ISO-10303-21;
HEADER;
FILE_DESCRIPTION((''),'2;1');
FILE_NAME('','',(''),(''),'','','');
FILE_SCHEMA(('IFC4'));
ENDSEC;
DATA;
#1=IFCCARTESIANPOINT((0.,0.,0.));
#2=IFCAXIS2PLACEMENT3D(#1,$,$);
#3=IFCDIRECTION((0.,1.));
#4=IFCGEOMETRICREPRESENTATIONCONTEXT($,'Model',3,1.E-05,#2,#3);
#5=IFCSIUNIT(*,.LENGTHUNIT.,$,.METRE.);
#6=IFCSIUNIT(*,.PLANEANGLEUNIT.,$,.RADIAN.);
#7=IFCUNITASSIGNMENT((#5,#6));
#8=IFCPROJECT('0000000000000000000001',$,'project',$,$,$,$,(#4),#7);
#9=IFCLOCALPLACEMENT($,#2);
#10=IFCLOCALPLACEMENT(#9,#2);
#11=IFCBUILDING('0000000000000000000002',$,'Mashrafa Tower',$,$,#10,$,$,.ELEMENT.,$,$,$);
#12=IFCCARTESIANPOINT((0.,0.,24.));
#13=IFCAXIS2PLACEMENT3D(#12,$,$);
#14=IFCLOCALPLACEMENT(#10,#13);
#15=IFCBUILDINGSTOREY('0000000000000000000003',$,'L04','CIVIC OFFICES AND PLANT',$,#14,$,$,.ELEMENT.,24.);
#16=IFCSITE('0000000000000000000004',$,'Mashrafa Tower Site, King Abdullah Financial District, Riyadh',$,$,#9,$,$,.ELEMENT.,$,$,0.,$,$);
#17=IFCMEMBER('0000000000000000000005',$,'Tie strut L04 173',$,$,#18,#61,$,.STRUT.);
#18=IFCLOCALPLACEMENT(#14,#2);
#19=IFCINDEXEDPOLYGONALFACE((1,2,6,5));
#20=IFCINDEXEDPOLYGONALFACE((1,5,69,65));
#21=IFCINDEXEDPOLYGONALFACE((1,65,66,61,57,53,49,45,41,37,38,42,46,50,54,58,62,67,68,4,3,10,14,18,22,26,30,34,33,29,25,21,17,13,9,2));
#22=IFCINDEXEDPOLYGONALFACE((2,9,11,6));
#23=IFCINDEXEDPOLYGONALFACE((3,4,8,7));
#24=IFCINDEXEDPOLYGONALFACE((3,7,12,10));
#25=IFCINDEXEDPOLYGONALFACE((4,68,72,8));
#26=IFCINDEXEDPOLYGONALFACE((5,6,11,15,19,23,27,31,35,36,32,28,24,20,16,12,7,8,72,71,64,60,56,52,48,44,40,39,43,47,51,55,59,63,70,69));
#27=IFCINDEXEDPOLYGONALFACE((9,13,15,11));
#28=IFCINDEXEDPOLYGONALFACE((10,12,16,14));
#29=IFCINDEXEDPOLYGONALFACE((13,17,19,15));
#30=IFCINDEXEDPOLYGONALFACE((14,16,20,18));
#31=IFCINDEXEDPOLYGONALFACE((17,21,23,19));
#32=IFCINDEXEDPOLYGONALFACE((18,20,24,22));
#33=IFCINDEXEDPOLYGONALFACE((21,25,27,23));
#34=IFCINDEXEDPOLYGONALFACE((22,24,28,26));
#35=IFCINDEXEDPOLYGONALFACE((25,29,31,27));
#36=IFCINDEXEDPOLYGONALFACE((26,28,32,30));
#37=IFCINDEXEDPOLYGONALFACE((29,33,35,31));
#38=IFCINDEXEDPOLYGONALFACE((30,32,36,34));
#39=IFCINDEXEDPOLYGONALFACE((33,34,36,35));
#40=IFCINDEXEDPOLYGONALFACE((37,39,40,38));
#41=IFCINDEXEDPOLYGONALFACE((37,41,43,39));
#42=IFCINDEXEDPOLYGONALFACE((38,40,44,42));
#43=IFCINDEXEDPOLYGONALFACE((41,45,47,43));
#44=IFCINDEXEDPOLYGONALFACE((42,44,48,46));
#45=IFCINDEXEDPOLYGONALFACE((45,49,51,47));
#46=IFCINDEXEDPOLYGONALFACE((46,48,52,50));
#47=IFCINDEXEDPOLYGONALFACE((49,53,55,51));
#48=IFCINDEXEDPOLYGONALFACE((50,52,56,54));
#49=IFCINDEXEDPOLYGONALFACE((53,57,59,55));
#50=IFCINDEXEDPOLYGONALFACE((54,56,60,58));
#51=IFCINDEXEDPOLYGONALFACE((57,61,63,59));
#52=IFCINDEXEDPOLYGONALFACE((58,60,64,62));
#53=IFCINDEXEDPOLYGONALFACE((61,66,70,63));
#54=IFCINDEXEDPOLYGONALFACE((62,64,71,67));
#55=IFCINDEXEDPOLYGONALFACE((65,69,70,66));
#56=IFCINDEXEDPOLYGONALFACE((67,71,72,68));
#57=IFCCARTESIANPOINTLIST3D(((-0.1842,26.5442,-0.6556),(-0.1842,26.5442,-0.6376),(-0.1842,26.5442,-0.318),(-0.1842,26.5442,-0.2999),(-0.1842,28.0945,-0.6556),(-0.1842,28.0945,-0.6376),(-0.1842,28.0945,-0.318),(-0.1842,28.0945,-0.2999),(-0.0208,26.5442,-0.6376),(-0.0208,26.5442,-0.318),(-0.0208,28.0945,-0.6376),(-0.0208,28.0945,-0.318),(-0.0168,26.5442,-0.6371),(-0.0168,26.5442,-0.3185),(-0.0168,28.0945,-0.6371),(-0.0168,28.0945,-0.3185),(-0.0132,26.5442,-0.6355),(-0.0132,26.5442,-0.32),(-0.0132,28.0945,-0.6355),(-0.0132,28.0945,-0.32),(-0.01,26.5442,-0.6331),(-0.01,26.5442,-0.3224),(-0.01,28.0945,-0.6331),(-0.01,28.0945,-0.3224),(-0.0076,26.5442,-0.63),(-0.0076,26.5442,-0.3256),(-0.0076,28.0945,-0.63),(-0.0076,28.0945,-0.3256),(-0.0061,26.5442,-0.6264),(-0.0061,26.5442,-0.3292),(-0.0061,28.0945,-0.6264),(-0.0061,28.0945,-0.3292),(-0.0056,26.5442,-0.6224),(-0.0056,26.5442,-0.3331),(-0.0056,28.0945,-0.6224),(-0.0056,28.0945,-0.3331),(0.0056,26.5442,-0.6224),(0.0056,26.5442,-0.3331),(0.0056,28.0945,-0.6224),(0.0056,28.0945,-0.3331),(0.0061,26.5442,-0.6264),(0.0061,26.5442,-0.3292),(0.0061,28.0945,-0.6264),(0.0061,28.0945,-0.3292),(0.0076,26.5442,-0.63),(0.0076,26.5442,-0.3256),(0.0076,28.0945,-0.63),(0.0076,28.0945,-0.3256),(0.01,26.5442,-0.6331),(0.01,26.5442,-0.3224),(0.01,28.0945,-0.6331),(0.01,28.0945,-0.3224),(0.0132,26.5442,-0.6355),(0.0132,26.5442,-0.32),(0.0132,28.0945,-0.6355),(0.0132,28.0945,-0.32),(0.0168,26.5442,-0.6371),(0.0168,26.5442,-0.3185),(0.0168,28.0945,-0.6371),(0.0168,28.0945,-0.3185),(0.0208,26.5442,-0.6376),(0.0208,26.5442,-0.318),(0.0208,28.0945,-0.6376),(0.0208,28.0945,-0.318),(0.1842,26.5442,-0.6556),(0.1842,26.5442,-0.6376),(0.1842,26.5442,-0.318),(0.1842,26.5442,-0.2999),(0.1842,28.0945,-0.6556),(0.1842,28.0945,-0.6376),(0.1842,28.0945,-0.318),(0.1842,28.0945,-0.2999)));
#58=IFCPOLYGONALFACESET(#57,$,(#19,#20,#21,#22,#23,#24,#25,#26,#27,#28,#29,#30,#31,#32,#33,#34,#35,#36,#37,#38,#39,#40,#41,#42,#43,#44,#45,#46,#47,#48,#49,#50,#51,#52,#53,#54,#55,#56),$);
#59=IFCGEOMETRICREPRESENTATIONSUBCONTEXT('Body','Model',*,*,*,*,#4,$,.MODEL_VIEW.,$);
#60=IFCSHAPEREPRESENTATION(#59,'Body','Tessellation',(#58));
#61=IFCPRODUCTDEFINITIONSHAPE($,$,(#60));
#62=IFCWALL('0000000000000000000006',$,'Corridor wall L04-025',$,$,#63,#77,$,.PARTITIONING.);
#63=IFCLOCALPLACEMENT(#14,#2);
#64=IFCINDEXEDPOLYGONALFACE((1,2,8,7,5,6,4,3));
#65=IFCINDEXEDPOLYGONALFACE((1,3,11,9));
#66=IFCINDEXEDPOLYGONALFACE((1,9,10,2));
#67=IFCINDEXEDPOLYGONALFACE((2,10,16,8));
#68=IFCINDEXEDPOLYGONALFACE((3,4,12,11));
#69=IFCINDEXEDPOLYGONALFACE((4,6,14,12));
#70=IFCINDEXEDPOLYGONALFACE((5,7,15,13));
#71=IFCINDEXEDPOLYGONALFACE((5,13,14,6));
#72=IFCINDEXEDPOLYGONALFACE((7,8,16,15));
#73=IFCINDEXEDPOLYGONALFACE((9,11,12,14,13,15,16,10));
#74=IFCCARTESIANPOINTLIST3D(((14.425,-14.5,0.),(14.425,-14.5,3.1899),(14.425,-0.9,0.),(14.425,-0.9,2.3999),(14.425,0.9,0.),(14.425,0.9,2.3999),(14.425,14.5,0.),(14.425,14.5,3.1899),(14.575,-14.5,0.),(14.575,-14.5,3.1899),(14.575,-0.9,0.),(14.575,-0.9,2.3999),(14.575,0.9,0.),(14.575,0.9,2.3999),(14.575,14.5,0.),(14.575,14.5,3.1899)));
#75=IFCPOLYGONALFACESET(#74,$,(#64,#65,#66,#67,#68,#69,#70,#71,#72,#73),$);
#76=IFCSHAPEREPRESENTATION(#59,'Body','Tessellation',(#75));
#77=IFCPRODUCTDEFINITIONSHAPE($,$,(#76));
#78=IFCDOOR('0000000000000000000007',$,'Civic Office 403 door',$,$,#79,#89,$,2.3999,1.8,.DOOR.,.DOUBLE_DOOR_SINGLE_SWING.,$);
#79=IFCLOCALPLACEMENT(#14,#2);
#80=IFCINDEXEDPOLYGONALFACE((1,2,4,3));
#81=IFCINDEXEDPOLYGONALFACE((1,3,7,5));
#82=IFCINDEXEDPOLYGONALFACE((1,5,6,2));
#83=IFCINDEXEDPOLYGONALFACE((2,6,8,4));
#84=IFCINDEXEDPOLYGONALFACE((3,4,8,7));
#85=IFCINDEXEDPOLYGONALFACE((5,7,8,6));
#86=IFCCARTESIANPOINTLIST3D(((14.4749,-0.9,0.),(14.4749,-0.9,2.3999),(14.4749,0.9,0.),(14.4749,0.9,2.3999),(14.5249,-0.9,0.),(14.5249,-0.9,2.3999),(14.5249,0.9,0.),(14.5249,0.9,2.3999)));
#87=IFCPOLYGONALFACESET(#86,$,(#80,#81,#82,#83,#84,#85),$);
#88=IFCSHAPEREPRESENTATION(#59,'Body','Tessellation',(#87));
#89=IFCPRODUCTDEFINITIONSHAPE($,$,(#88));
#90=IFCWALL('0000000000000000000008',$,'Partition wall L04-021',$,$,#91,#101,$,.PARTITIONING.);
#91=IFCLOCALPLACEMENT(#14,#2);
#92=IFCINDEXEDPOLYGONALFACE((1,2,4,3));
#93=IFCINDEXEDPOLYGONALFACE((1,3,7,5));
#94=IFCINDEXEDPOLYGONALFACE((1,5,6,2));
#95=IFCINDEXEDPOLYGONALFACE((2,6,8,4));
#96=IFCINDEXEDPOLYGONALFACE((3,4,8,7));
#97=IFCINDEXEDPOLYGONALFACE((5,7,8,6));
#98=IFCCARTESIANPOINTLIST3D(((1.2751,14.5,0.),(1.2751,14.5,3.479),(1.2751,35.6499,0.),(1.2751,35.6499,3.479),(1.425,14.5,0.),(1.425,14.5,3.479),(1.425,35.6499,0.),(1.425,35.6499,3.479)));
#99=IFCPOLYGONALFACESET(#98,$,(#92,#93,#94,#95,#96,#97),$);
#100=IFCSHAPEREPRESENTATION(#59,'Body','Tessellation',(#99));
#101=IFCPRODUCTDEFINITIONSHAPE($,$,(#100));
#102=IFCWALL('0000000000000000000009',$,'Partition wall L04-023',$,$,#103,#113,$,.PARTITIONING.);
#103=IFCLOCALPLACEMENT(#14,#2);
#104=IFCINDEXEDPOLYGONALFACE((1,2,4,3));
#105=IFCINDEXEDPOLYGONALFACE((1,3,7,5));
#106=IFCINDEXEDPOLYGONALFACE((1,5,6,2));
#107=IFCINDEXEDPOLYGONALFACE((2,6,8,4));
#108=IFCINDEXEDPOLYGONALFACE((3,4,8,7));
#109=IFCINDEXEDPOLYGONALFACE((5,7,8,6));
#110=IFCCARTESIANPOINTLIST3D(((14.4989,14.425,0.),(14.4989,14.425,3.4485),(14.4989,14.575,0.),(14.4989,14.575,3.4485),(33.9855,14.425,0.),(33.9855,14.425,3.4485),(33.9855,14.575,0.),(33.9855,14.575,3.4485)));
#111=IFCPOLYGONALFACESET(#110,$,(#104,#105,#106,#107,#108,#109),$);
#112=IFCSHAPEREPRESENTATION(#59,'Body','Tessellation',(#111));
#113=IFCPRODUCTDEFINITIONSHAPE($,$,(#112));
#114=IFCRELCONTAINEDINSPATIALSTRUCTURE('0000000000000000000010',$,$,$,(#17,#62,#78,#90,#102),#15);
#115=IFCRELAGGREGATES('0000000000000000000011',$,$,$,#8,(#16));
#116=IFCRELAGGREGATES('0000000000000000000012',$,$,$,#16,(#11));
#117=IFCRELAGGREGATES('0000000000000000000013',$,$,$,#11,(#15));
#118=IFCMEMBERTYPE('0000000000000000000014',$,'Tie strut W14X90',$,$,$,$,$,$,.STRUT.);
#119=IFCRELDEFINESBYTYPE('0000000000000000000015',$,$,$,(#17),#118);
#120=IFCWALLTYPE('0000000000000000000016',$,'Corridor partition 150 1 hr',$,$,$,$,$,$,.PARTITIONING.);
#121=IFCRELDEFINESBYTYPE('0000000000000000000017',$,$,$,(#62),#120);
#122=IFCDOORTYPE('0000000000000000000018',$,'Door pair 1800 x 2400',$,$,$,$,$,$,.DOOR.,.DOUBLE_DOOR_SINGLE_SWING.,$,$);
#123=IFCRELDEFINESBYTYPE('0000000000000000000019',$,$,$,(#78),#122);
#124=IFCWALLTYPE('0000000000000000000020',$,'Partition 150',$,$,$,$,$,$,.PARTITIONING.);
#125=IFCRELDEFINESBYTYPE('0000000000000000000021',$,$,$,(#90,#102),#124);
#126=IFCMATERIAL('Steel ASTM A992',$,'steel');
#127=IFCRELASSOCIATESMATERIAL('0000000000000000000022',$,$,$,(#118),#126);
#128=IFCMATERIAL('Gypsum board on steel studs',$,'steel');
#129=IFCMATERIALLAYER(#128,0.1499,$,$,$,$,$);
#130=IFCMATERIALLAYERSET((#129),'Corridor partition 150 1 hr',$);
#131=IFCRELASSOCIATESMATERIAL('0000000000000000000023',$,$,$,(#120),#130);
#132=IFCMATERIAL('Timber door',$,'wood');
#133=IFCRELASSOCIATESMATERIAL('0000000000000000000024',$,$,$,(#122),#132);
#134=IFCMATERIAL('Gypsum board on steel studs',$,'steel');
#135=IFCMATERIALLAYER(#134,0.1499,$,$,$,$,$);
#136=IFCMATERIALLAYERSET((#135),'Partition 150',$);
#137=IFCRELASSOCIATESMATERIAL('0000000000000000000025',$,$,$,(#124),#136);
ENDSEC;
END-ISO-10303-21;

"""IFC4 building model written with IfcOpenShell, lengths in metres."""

from ifc_helpers import new_model, si_unit, direction, frame, frame_2d, origin, origin_2d, place, context, subcontext, project, spatial, rectangle, i_section, extrude, source, transform, mapped, material, layer, layer_set, material_profile, profile_set, type_object, element, fill, save


model = new_model("IFC4")

# Units and contexts
model_context = context("Model", 3, precision=1e-05, world=origin(), true_north=direction((0.0, 1.0)))
body_context = subcontext(model_context, "Body", "Model", "MODEL_VIEW")
ifc_project = project(units=[si_unit("LENGTHUNIT", "METRE"), si_unit("PLANEANGLEUNIT", "RADIAN")], contexts=[model_context])

# Site, building, storey
site_placement = place(None, origin())
site = spatial("IfcSite", under=ifc_project, at=site_placement, Name="Mashrafa Tower Site, King Abdullah Financial District, Riyadh", CompositionType="ELEMENT", RefElevation=0.0)
building_placement = place(site_placement, origin())
building = spatial("IfcBuilding", under=site, at=building_placement, Name="Mashrafa Tower", CompositionType="ELEMENT")
storey_placement = place(building_placement, frame((0.0, 0.0, 24.0)))
storey = spatial("IfcBuildingStorey", under=building, at=storey_placement, Name="L04", Description="CIVIC OFFICES AND PLANT", CompositionType="ELEMENT", Elevation=24.0)

# Member
ifc_material_1 = material(Name="Steel ASTM A992", Category="steel")
ifc_material_profile_1 = material_profile(ifc_material_1, i_section(OverallWidth=0.3684, OverallDepth=0.3557, WebThickness=0.0112, FlangeThickness=0.0181, FilletRadius=0.0151, at=origin_2d()), Name="W14X90")
ifc_profile_set_1 = profile_set([ifc_material_profile_1], Name="Steel ASTM A992")
member_type = type_object("IfcMemberType", Name="Tie strut W14X90", PredefinedType="STRUT", material=ifc_profile_set_1)
shared_shape_1 = source(origin(), body_context, "Body", "SweptSolid", [
    extrude(i_section(OverallWidth=0.3684, OverallDepth=0.3557, WebThickness=0.0112, FlangeThickness=0.0181, FilletRadius=0.0151, at=origin_2d()), origin(), (0.0, 0.0, 1.0), 1.5503),
])
member_1_placement = place(storey_placement, frame((0.0, 26.5442, -0.4778), z_axis=(0.0, 1.0, 0.0), x_axis=(-1.0, 0.0, 0.0)))
element("IfcMember", 1, at=member_1_placement, inside=storey, type_object=member_type, Name="Tie strut L04 173", PredefinedType="STRUT", context=body_context, shape_type="MappedRepresentation", body=[
    mapped(shared_shape_1, transform((0.0, 0.0, 0.0))),
])

# Wall, opening, door
ifc_material_2 = material(Name="Gypsum board on steel studs", Category="steel")
ifc_layer_1 = layer(ifc_material_2, 0.1499)
ifc_layer_set_1 = layer_set([ifc_layer_1], Name="Corridor partition 150 1 hr")
wall_type_1 = type_object("IfcWallType", Name="Corridor partition 150 1 hr", PredefinedType="PARTITIONING", material=ifc_layer_set_1)
wall_1_placement = place(storey_placement, frame((14.5, 14.5, 0.0), z_axis=(0.0, 0.0, 1.0), x_axis=(0.0, -1.0, 0.0)))
wall_1 = element("IfcWall", 2, at=wall_1_placement, inside=storey, type_object=wall_type_1, Name="Corridor wall L04-025", PredefinedType="PARTITIONING", context=body_context, shape_type="SweptSolid", body=[
    extrude(rectangle(XDim=29.0, YDim=0.1499, at=frame_2d((14.5, 0.0))), origin(), (0.0, 0.0, 1.0), 3.1899),
])
opening_placement = place(wall_1_placement, frame((13.6001, 0.0, 0.0)))
opening = element("IfcOpeningElement", 3, at=opening_placement, cuts=wall_1, PredefinedType="OPENING", context=body_context, shape_type="SweptSolid", body=[
    extrude(rectangle(XDim=1.8, YDim=2.3999, at=frame_2d((0.8999, 1.2))), frame((0.0, 0.085, 0.0), z_axis=(0.0, -1.0, 0.0), x_axis=(1.0, 0.0, 0.0)), (0.0, 0.0, 1.0), 0.1699),
])
ifc_material_3 = material(Name="Timber door", Category="wood")
door_type = type_object("IfcDoorType", Name="Door pair 1800 x 2400", OperationType="DOUBLE_DOOR_SINGLE_SWING", PredefinedType="DOOR", material=ifc_material_3)
door_placement = place(opening_placement, origin())
door = element("IfcDoor", 4, at=door_placement, inside=storey, type_object=door_type, Name="Civic Office 403 door", OperationType="DOUBLE_DOOR_SINGLE_SWING", OverallHeight=2.3999, OverallWidth=1.8, PredefinedType="DOOR", context=body_context, shape_type="SweptSolid", body=[
    extrude(rectangle(XDim=1.8, YDim=2.3999, at=frame_2d((0.8999, 1.2))), frame((0.0, 0.0249, 0.0), z_axis=(0.0, -1.0, 0.0), x_axis=(1.0, 0.0, 0.0)), (0.0, 0.0, 1.0), 0.05),
])
fill(opening, door)

# Walls
ifc_material_4 = material(Name="Gypsum board on steel studs", Category="steel")
ifc_layer_2 = layer(ifc_material_4, 0.1499)
ifc_layer_set_2 = layer_set([ifc_layer_2], Name="Partition 150")
wall_type_2 = type_object("IfcWallType", Name="Partition 150", PredefinedType="PARTITIONING", material=ifc_layer_set_2)
wall_2_placement = place(storey_placement, frame((1.3501, 14.5, 0.0), z_axis=(0.0, 0.0, 1.0), x_axis=(0.0, 1.0, 0.0)))
element("IfcWall", 5, at=wall_2_placement, inside=storey, type_object=wall_type_2, Name="Partition wall L04-021", PredefinedType="PARTITIONING", context=body_context, shape_type="SweptSolid", body=[
    extrude(rectangle(XDim=21.1499, YDim=0.1499, at=frame_2d((10.575, 0.0))), origin(), (0.0, 0.0, 1.0), 3.479),
])
wall_3_placement = place(storey_placement, frame((14.499, 14.5, 0.0), z_axis=(0.0, 0.0, 1.0), x_axis=(1.0, 0.0, 0.0)))
element("IfcWall", 6, at=wall_3_placement, inside=storey, type_object=wall_type_2, Name="Partition wall L04-023", PredefinedType="PARTITIONING", context=body_context, shape_type="SweptSolid", body=[
    extrude(rectangle(XDim=19.4866, YDim=0.1499, at=frame_2d((9.7432, 0.0))), origin(), (0.0, 0.0, 1.0), 3.4485),
])

save(model, "model.ifc")
